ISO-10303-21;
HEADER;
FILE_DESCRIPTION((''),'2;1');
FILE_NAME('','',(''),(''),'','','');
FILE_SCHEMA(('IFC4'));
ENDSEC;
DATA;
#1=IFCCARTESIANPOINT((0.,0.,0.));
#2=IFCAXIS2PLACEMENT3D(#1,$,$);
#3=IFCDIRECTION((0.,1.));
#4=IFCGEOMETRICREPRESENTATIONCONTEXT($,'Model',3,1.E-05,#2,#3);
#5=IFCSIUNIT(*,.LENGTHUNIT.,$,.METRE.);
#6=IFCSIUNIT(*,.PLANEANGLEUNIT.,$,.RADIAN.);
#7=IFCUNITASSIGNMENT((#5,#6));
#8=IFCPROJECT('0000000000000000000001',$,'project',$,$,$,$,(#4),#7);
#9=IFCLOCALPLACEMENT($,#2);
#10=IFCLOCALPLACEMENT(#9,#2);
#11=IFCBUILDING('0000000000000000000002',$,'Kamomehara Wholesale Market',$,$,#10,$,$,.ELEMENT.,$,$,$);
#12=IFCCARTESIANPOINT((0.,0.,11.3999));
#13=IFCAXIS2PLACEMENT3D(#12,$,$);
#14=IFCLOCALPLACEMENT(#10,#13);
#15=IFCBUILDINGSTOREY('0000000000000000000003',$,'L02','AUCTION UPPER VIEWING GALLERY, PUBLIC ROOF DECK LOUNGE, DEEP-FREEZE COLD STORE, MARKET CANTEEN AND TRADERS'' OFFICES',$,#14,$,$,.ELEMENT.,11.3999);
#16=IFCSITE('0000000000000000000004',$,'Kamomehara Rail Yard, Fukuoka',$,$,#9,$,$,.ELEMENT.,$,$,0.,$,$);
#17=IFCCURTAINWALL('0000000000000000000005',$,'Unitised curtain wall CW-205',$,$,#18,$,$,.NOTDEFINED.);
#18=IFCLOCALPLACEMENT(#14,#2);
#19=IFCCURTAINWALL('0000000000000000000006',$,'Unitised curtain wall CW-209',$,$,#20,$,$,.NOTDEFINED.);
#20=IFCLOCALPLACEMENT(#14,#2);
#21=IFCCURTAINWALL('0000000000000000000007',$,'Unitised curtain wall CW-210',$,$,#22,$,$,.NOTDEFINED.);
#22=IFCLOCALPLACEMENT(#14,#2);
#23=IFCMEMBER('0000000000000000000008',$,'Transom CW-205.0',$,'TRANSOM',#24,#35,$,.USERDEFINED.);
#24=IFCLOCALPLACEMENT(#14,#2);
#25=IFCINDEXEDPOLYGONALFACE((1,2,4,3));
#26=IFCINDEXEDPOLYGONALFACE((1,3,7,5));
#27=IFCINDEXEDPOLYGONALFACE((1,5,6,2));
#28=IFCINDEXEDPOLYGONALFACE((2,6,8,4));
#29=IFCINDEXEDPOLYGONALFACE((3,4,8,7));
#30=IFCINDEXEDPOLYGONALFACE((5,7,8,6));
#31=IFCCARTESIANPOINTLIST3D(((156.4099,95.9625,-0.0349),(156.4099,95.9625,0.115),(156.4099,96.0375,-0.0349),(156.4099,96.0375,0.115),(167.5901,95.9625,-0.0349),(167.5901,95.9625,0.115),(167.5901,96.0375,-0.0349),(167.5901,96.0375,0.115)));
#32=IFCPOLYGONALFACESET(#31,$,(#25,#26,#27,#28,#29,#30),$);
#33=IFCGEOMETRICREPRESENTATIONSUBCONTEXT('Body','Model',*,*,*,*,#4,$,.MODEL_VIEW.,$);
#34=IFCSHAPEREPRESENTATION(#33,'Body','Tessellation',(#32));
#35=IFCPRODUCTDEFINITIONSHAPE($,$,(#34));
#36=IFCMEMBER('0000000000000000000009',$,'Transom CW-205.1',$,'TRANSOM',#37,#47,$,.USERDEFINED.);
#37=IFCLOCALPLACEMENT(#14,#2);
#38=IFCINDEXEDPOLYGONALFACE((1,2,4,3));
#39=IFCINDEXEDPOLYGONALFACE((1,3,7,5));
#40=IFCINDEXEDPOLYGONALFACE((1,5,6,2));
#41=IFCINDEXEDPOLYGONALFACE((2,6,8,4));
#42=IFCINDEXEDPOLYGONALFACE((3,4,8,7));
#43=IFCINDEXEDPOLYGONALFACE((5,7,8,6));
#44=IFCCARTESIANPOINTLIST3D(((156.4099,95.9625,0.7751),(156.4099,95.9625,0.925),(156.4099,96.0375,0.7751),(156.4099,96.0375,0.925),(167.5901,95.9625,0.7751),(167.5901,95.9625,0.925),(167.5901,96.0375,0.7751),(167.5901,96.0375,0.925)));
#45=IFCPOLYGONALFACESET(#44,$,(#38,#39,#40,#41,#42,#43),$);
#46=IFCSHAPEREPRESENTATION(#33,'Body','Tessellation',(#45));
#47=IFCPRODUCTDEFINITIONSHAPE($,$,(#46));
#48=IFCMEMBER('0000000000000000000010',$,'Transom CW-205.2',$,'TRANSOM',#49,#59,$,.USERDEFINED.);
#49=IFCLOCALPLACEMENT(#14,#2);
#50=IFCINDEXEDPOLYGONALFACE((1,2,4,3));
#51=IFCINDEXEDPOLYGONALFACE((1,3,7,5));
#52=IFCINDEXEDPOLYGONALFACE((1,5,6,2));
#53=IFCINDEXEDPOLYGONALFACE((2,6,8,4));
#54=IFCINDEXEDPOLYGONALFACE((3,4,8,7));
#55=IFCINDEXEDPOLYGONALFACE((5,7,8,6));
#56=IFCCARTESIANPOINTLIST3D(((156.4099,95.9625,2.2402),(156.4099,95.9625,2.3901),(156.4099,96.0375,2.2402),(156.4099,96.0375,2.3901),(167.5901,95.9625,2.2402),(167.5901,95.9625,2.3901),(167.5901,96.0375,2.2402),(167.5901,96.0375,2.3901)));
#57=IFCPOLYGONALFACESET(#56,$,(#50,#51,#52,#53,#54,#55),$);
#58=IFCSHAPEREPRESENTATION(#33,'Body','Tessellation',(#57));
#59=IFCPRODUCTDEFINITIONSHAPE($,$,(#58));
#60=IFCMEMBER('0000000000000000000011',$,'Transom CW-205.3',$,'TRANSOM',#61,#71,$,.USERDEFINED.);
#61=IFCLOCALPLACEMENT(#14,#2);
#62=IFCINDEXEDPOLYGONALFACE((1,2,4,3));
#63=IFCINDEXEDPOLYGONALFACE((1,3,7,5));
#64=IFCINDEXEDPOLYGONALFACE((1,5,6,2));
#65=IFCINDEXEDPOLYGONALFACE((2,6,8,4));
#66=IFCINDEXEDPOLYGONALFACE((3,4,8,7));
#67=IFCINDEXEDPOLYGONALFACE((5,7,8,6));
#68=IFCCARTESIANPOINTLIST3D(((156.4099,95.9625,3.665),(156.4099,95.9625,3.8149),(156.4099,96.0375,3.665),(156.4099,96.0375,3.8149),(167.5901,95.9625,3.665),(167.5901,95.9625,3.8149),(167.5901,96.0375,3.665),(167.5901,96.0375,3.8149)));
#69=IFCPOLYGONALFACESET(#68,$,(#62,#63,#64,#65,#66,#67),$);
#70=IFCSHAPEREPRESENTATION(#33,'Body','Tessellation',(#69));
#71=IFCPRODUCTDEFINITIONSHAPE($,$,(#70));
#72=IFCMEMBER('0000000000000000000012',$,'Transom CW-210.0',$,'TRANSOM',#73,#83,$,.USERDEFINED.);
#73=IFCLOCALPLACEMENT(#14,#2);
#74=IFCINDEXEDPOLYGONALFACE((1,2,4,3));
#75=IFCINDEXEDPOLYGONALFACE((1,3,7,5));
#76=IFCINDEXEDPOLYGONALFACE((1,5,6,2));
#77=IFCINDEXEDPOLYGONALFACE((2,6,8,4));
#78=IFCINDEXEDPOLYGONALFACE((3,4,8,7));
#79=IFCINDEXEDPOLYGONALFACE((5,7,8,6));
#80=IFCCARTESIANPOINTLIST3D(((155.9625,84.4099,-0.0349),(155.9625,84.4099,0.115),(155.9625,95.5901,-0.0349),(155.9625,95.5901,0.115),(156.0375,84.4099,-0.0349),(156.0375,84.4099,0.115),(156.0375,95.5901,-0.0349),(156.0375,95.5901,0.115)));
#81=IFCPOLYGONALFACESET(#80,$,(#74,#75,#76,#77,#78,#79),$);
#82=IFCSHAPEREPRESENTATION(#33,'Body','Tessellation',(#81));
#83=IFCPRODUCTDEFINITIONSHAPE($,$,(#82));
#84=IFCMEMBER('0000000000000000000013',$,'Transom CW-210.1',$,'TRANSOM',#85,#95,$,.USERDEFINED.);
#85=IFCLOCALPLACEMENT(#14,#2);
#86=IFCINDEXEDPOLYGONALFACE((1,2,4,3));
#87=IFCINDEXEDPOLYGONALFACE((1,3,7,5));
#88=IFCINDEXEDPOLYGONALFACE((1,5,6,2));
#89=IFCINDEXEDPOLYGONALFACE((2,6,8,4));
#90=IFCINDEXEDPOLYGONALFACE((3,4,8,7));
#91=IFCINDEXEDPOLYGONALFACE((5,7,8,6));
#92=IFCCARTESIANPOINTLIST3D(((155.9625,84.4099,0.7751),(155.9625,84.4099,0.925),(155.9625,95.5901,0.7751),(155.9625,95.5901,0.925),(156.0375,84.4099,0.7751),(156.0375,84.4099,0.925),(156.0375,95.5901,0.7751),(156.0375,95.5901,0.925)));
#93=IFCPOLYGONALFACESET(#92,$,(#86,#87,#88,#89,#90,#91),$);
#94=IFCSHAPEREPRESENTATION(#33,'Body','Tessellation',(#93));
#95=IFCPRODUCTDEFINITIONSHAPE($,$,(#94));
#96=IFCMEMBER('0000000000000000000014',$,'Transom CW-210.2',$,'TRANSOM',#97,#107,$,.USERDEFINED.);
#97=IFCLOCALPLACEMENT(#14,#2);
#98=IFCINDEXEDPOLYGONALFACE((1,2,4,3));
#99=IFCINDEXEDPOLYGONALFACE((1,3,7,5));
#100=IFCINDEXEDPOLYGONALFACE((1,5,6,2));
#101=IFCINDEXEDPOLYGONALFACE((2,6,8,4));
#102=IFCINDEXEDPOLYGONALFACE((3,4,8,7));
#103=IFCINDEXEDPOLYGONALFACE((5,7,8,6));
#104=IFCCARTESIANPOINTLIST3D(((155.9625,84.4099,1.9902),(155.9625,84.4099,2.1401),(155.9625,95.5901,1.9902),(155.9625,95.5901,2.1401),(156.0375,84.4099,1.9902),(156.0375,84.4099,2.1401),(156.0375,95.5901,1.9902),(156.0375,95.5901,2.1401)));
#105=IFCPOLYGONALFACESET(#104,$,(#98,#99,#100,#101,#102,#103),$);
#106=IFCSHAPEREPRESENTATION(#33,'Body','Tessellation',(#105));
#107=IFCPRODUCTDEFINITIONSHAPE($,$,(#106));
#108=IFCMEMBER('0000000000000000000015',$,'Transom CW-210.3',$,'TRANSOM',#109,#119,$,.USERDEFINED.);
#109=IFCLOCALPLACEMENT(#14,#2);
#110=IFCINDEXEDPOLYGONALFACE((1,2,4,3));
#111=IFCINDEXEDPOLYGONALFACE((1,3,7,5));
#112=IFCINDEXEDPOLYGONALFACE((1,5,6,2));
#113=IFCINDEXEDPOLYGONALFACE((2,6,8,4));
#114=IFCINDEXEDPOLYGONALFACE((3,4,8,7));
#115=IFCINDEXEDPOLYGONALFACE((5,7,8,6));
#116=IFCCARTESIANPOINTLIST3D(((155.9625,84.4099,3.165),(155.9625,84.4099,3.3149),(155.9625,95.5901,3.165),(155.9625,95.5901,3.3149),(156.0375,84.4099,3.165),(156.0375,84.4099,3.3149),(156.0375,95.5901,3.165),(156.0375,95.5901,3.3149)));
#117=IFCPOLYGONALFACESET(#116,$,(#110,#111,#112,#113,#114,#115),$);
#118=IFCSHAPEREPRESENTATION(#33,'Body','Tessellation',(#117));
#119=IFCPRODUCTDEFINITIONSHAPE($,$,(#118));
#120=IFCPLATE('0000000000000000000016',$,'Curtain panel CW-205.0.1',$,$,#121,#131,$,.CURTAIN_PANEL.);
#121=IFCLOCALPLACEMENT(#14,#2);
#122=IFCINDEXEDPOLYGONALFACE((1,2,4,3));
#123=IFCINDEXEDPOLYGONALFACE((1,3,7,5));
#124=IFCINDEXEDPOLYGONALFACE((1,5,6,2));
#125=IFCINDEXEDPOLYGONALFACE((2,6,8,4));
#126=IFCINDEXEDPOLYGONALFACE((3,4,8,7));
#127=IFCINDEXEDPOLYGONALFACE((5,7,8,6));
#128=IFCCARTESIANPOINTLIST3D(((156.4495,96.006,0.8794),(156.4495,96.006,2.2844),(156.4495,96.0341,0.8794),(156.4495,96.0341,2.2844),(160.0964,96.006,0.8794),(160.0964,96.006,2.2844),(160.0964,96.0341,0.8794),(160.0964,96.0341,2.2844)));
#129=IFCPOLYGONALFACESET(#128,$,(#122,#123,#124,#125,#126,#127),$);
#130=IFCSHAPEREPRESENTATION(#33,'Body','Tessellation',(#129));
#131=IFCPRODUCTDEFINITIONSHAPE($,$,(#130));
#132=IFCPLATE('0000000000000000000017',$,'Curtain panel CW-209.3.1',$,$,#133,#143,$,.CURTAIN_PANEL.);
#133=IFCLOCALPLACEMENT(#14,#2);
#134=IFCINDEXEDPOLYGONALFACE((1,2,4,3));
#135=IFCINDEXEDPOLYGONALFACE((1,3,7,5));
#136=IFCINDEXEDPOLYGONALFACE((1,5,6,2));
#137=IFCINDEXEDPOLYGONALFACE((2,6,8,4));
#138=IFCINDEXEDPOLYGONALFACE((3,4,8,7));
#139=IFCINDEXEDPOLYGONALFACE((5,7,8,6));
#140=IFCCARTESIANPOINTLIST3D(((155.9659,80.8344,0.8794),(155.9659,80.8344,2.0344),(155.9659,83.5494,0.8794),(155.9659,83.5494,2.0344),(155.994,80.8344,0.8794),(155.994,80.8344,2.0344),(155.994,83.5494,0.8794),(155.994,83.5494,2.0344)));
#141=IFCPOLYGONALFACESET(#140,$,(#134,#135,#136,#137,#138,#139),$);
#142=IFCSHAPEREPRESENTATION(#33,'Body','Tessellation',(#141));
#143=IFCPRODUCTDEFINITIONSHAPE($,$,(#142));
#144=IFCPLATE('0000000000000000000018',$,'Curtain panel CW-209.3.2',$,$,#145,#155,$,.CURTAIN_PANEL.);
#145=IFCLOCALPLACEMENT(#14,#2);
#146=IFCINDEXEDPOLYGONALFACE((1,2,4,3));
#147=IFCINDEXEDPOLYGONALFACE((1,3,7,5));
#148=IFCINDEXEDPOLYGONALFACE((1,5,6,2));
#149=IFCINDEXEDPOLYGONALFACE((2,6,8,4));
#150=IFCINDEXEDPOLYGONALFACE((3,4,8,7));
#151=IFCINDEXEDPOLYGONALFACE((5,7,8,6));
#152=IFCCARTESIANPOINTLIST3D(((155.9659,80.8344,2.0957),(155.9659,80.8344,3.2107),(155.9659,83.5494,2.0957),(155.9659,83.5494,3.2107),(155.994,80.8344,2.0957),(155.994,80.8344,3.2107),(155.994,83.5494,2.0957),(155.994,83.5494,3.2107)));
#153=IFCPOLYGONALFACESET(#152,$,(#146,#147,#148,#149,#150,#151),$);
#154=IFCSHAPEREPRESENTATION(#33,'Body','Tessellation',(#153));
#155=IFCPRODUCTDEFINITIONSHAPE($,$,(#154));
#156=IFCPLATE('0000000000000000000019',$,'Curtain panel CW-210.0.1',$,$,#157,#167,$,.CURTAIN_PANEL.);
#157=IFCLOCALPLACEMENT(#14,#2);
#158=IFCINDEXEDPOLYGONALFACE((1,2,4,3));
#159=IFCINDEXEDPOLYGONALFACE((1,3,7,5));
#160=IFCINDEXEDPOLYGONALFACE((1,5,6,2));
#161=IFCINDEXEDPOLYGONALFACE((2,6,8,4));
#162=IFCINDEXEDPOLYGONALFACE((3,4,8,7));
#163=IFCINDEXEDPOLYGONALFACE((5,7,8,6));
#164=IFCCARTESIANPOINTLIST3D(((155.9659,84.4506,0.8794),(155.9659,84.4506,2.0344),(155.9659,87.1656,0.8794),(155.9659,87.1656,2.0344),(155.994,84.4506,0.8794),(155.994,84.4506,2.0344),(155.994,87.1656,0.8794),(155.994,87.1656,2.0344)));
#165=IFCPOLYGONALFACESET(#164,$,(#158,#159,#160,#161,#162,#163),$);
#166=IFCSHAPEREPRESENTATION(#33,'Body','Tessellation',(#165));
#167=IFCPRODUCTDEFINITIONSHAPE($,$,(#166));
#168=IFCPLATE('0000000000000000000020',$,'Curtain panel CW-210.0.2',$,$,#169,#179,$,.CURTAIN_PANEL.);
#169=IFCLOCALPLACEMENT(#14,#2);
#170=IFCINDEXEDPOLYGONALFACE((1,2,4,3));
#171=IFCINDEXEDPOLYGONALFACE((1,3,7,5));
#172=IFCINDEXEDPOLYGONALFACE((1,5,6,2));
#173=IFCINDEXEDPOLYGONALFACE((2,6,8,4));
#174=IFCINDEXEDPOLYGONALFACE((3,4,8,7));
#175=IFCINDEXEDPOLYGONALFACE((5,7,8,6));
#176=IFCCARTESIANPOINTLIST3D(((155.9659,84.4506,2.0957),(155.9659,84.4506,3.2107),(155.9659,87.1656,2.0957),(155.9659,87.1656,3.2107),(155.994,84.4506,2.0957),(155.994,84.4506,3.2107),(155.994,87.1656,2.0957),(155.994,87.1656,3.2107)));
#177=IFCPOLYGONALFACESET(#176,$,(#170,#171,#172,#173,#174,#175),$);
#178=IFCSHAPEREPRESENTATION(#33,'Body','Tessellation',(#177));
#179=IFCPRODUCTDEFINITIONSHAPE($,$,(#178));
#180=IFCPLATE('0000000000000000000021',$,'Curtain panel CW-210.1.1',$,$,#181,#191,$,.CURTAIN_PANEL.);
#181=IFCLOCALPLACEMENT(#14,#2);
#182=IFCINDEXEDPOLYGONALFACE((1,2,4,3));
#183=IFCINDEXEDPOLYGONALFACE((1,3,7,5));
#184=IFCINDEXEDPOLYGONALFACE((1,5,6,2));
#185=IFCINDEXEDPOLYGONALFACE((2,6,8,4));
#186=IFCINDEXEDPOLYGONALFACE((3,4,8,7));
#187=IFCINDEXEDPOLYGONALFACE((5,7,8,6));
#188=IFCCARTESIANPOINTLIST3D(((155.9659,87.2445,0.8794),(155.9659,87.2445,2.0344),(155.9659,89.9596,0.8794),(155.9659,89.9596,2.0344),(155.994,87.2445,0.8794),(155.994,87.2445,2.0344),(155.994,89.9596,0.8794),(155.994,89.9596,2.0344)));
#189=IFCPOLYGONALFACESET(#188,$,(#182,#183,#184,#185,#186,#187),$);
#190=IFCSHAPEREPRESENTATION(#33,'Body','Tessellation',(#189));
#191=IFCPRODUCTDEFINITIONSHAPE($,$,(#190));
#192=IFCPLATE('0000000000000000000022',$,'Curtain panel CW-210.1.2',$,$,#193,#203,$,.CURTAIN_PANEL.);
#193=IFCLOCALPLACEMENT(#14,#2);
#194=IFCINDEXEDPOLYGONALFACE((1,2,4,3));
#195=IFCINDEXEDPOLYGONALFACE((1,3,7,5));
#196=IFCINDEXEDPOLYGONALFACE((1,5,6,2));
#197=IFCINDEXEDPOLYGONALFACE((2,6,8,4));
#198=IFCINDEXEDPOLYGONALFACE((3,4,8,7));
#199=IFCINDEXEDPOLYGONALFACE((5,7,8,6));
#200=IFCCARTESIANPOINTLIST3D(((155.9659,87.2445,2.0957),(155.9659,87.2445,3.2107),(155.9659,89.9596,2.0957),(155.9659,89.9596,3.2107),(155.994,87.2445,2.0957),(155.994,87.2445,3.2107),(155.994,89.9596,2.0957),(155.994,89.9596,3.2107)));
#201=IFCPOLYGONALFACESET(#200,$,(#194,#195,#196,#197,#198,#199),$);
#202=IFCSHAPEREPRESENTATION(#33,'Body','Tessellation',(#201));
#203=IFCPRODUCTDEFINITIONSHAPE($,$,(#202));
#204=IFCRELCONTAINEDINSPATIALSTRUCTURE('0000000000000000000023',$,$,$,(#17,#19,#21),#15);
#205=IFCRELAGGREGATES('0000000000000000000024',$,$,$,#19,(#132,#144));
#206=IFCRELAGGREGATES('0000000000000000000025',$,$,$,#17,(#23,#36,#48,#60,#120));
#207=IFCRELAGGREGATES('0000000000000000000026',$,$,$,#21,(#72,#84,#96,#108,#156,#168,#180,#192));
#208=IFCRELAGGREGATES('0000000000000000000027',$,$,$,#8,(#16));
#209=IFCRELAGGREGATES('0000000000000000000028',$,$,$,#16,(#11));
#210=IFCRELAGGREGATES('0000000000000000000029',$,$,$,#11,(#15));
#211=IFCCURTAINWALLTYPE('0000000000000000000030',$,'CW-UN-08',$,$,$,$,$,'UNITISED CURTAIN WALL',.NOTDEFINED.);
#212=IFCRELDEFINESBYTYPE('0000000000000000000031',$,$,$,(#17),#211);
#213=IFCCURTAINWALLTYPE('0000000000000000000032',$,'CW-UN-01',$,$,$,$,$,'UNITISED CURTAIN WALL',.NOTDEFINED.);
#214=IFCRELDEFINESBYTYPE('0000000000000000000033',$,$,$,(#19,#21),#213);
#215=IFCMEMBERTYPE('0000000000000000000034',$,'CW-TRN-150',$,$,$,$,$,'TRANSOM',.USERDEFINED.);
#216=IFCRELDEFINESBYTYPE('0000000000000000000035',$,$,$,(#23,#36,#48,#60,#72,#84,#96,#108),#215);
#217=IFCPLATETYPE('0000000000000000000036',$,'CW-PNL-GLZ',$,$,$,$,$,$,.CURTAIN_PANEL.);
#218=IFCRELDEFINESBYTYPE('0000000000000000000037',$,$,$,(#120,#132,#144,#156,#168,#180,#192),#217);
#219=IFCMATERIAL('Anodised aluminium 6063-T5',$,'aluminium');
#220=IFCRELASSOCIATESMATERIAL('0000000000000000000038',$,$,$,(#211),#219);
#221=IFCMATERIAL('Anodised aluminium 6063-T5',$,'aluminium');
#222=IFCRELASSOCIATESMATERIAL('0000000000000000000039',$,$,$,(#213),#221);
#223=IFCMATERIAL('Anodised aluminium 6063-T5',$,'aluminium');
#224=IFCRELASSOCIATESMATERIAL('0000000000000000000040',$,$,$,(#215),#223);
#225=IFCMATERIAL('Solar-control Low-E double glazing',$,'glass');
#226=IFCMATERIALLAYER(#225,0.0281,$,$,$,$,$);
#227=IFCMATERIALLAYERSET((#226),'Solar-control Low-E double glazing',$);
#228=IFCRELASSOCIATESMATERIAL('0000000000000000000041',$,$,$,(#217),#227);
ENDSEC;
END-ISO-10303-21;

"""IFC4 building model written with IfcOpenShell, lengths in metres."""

from ifc_helpers import new_model, si_unit, direction, frame, origin, origin_2d, place, context, subcontext, project, spatial, rectangle, extrude, material, layer, layer_set, material_profile, profile_set, type_object, element, aggregate, save


model = new_model("IFC4")

# Units and contexts
model_context = context("Model", 3, precision=1e-05, world=origin(), true_north=direction((0.0, 1.0)))
body_context = subcontext(model_context, "Body", "Model", "MODEL_VIEW")
ifc_project = project(units=[si_unit("LENGTHUNIT", "METRE"), si_unit("PLANEANGLEUNIT", "RADIAN")], contexts=[model_context])

# Site, building, storey
site_placement = place(None, origin())
site = spatial("IfcSite", under=ifc_project, at=site_placement, Name="Kamomehara Rail Yard, Fukuoka", CompositionType="ELEMENT", RefElevation=0.0)
building_placement = place(site_placement, origin())
building = spatial("IfcBuilding", under=site, at=building_placement, Name="Kamomehara Wholesale Market", CompositionType="ELEMENT")
storey_placement = place(building_placement, frame((0.0, 0.0, 11.3999)))
storey = spatial("IfcBuildingStorey", under=building, at=storey_placement, Name="L02", Description="AUCTION UPPER VIEWING GALLERY, PUBLIC ROOF DECK LOUNGE, DEEP-FREEZE COLD STORE, MARKET CANTEEN AND TRADERS' OFFICES", CompositionType="ELEMENT", Elevation=11.3999)

# Curtain walls
ifc_material_1 = material(Name="Anodised aluminium 6063-T5", Category="aluminium")
curtain_wall_type_1 = type_object("IfcCurtainWallType", Name="CW-UN-08", ElementType="UNITISED CURTAIN WALL", PredefinedType="NOTDEFINED", material=ifc_material_1)
curtain_wall_1_placement = place(storey_placement, origin())
curtain_wall_1 = element("IfcCurtainWall", 1, at=curtain_wall_1_placement, inside=storey, type_object=curtain_wall_type_1, Name="Unitised curtain wall CW-205", PredefinedType="NOTDEFINED")
ifc_material_2 = material(Name="Anodised aluminium 6063-T5", Category="aluminium")
curtain_wall_type_2 = type_object("IfcCurtainWallType", Name="CW-UN-01", ElementType="UNITISED CURTAIN WALL", PredefinedType="NOTDEFINED", material=ifc_material_2)
curtain_wall_2_placement = place(storey_placement, origin())
curtain_wall_2 = element("IfcCurtainWall", 2, at=curtain_wall_2_placement, inside=storey, type_object=curtain_wall_type_2, Name="Unitised curtain wall CW-209", PredefinedType="NOTDEFINED")

# Curtain wall
curtain_wall_3_placement = place(storey_placement, origin())
curtain_wall_3 = element("IfcCurtainWall", 3, at=curtain_wall_3_placement, inside=storey, type_object=curtain_wall_type_2, Name="Unitised curtain wall CW-210", PredefinedType="NOTDEFINED")

# Members
ifc_material_3 = material(Name="Anodised aluminium 6063-T5", Category="aluminium")
ifc_material_profile_1 = material_profile(ifc_material_3, rectangle(XDim=0.075, YDim=0.1499, at=origin_2d()), Name="ALU-TRN-75x150")
ifc_profile_set_1 = profile_set([ifc_material_profile_1], Name="Anodised aluminium 6063-T5")
member_type_1 = type_object("IfcMemberType", Name="CW-TRN-150", ElementType="TRANSOM", PredefinedType="USERDEFINED", material=ifc_profile_set_1)
member_1_placement = place(storey_placement, frame((156.4099, 96.0, 0.04), z_axis=(1.0, 0.0, 0.0), x_axis=(0.0, 1.0, 0.0)))
member_1 = element("IfcMember", 4, at=member_1_placement, type_object=member_type_1, Name="Transom CW-205.0", ObjectType="TRANSOM", PredefinedType="USERDEFINED", context=body_context, shape_type="SweptSolid", body=[
    extrude(rectangle(XDim=0.075, YDim=0.1499, at=origin_2d()), origin(), (0.0, 0.0, 1.0), 11.1802),
])
member_2_placement = place(storey_placement, frame((156.4099, 96.0, 0.8501), z_axis=(1.0, 0.0, 0.0), x_axis=(0.0, 1.0, 0.0)))
member_2 = element("IfcMember", 5, at=member_2_placement, type_object=member_type_1, Name="Transom CW-205.1", ObjectType="TRANSOM", PredefinedType="USERDEFINED", context=body_context, shape_type="SweptSolid", body=[
    extrude(rectangle(XDim=0.075, YDim=0.1499, at=origin_2d()), origin(), (0.0, 0.0, 1.0), 11.1802),
])
member_3_placement = place(storey_placement, frame((156.4099, 96.0, 2.3152), z_axis=(1.0, 0.0, 0.0), x_axis=(0.0, 1.0, 0.0)))
member_3 = element("IfcMember", 6, at=member_3_placement, type_object=member_type_1, Name="Transom CW-205.2", ObjectType="TRANSOM", PredefinedType="USERDEFINED", context=body_context, shape_type="SweptSolid", body=[
    extrude(rectangle(XDim=0.075, YDim=0.1499, at=origin_2d()), origin(), (0.0, 0.0, 1.0), 11.1802),
])
member_4_placement = place(storey_placement, frame((156.4099, 96.0, 3.74), z_axis=(1.0, 0.0, 0.0), x_axis=(0.0, 1.0, 0.0)))
member_4 = element("IfcMember", 7, at=member_4_placement, type_object=member_type_1, Name="Transom CW-205.3", ObjectType="TRANSOM", PredefinedType="USERDEFINED", context=body_context, shape_type="SweptSolid", body=[
    extrude(rectangle(XDim=0.075, YDim=0.1499, at=origin_2d()), origin(), (0.0, 0.0, 1.0), 11.1802),
])
member_5_placement = place(storey_placement, frame((156.0, 84.4099, 0.04), z_axis=(0.0, 1.0, 0.0), x_axis=(-1.0, 0.0, 0.0)))
member_5 = element("IfcMember", 8, at=member_5_placement, type_object=member_type_1, Name="Transom CW-210.0", ObjectType="TRANSOM", PredefinedType="USERDEFINED", context=body_context, shape_type="SweptSolid", body=[
    extrude(rectangle(XDim=0.075, YDim=0.1499, at=origin_2d()), origin(), (0.0, 0.0, 1.0), 11.1802),
])
member_6_placement = place(storey_placement, frame((156.0, 84.4099, 0.8501), z_axis=(0.0, 1.0, 0.0), x_axis=(-1.0, 0.0, 0.0)))
member_6 = element("IfcMember", 9, at=member_6_placement, type_object=member_type_1, Name="Transom CW-210.1", ObjectType="TRANSOM", PredefinedType="USERDEFINED", context=body_context, shape_type="SweptSolid", body=[
    extrude(rectangle(XDim=0.075, YDim=0.1499, at=origin_2d()), origin(), (0.0, 0.0, 1.0), 11.1802),
])
member_7_placement = place(storey_placement, frame((156.0, 84.4099, 2.0652), z_axis=(0.0, 1.0, 0.0), x_axis=(-1.0, 0.0, 0.0)))
member_7 = element("IfcMember", 10, at=member_7_placement, type_object=member_type_1, Name="Transom CW-210.2", ObjectType="TRANSOM", PredefinedType="USERDEFINED", context=body_context, shape_type="SweptSolid", body=[
    extrude(rectangle(XDim=0.075, YDim=0.1499, at=origin_2d()), origin(), (0.0, 0.0, 1.0), 11.1802),
])
member_8_placement = place(storey_placement, frame((156.0, 84.4099, 3.24), z_axis=(0.0, 1.0, 0.0), x_axis=(-1.0, 0.0, 0.0)))
member_8 = element("IfcMember", 11, at=member_8_placement, type_object=member_type_1, Name="Transom CW-210.3", ObjectType="TRANSOM", PredefinedType="USERDEFINED", context=body_context, shape_type="SweptSolid", body=[
    extrude(rectangle(XDim=0.075, YDim=0.1499, at=origin_2d()), origin(), (0.0, 0.0, 1.0), 11.1802),
])

# Plates
ifc_material_4 = material(Name="Solar-control Low-E double glazing", Category="glass")
ifc_layer_1 = layer(ifc_material_4, 0.0281)
ifc_layer_set_1 = layer_set([ifc_layer_1], Name="Solar-control Low-E double glazing")
plate_type_1 = type_object("IfcPlateType", Name="CW-PNL-GLZ", PredefinedType="CURTAIN_PANEL", material=ifc_layer_set_1)
plate_1_placement = place(storey_placement, frame((158.2729, 96.02, 0.8794), z_axis=(0.0, 0.0, 1.0), x_axis=(1.0, 0.0, 0.0)))
plate_1 = element("IfcPlate", 12, at=plate_1_placement, type_object=plate_type_1, Name="Curtain panel CW-205.0.1", PredefinedType="CURTAIN_PANEL", context=body_context, shape_type="SweptSolid", body=[
    extrude(rectangle(XDim=3.647, YDim=0.0281, at=origin_2d()), origin(), (0.0, 0.0, 1.0), 1.405),
])
plate_2_placement = place(storey_placement, frame((155.98, 82.1919, 0.8794), z_axis=(0.0, 0.0, 1.0), x_axis=(0.0, 1.0, 0.0)))
plate_2 = element("IfcPlate", 13, at=plate_2_placement, type_object=plate_type_1, Name="Curtain panel CW-209.3.1", PredefinedType="CURTAIN_PANEL", context=body_context, shape_type="SweptSolid", body=[
    extrude(rectangle(XDim=2.7151, YDim=0.0281, at=origin_2d()), origin(), (0.0, 0.0, 1.0), 1.155),
])
plate_3_placement = place(storey_placement, frame((155.98, 82.1919, 2.0957), z_axis=(0.0, 0.0, 1.0), x_axis=(0.0, 1.0, 0.0)))
plate_3 = element("IfcPlate", 14, at=plate_3_placement, type_object=plate_type_1, Name="Curtain panel CW-209.3.2", PredefinedType="CURTAIN_PANEL", context=body_context, shape_type="SweptSolid", body=[
    extrude(rectangle(XDim=2.7151, YDim=0.0281, at=origin_2d()), origin(), (0.0, 0.0, 1.0), 1.115),
])
aggregate(curtain_wall_2, [plate_2, plate_3])
plate_4_placement = place(storey_placement, frame((155.98, 85.8081, 0.8794), z_axis=(0.0, 0.0, 1.0), x_axis=(0.0, 1.0, 0.0)))
plate_4 = element("IfcPlate", 15, at=plate_4_placement, type_object=plate_type_1, Name="Curtain panel CW-210.0.1", PredefinedType="CURTAIN_PANEL", context=body_context, shape_type="SweptSolid", body=[
    extrude(rectangle(XDim=2.7151, YDim=0.0281, at=origin_2d()), origin(), (0.0, 0.0, 1.0), 1.155),
])
plate_5_placement = place(storey_placement, frame((155.98, 85.8081, 2.0957), z_axis=(0.0, 0.0, 1.0), x_axis=(0.0, 1.0, 0.0)))
plate_5 = element("IfcPlate", 16, at=plate_5_placement, type_object=plate_type_1, Name="Curtain panel CW-210.0.2", PredefinedType="CURTAIN_PANEL", context=body_context, shape_type="SweptSolid", body=[
    extrude(rectangle(XDim=2.7151, YDim=0.0281, at=origin_2d()), origin(), (0.0, 0.0, 1.0), 1.115),
])
plate_6_placement = place(storey_placement, frame((155.98, 88.6021, 0.8794), z_axis=(0.0, 0.0, 1.0), x_axis=(0.0, 1.0, 0.0)))
plate_6 = element("IfcPlate", 17, at=plate_6_placement, type_object=plate_type_1, Name="Curtain panel CW-210.1.1", PredefinedType="CURTAIN_PANEL", context=body_context, shape_type="SweptSolid", body=[
    extrude(rectangle(XDim=2.7151, YDim=0.0281, at=origin_2d()), origin(), (0.0, 0.0, 1.0), 1.155),
])
plate_7_placement = place(storey_placement, frame((155.98, 88.6021, 2.0957), z_axis=(0.0, 0.0, 1.0), x_axis=(0.0, 1.0, 0.0)))
plate_7 = element("IfcPlate", 18, at=plate_7_placement, type_object=plate_type_1, Name="Curtain panel CW-210.1.2", PredefinedType="CURTAIN_PANEL", context=body_context, shape_type="SweptSolid", body=[
    extrude(rectangle(XDim=2.7151, YDim=0.0281, at=origin_2d()), origin(), (0.0, 0.0, 1.0), 1.115),
])
aggregate(curtain_wall_1, [member_1, member_2, member_3, member_4, plate_1])
aggregate(curtain_wall_3, [member_5, member_6, member_7, member_8, plate_4, plate_5, plate_6, plate_7])

save(model, "model.ifc")
